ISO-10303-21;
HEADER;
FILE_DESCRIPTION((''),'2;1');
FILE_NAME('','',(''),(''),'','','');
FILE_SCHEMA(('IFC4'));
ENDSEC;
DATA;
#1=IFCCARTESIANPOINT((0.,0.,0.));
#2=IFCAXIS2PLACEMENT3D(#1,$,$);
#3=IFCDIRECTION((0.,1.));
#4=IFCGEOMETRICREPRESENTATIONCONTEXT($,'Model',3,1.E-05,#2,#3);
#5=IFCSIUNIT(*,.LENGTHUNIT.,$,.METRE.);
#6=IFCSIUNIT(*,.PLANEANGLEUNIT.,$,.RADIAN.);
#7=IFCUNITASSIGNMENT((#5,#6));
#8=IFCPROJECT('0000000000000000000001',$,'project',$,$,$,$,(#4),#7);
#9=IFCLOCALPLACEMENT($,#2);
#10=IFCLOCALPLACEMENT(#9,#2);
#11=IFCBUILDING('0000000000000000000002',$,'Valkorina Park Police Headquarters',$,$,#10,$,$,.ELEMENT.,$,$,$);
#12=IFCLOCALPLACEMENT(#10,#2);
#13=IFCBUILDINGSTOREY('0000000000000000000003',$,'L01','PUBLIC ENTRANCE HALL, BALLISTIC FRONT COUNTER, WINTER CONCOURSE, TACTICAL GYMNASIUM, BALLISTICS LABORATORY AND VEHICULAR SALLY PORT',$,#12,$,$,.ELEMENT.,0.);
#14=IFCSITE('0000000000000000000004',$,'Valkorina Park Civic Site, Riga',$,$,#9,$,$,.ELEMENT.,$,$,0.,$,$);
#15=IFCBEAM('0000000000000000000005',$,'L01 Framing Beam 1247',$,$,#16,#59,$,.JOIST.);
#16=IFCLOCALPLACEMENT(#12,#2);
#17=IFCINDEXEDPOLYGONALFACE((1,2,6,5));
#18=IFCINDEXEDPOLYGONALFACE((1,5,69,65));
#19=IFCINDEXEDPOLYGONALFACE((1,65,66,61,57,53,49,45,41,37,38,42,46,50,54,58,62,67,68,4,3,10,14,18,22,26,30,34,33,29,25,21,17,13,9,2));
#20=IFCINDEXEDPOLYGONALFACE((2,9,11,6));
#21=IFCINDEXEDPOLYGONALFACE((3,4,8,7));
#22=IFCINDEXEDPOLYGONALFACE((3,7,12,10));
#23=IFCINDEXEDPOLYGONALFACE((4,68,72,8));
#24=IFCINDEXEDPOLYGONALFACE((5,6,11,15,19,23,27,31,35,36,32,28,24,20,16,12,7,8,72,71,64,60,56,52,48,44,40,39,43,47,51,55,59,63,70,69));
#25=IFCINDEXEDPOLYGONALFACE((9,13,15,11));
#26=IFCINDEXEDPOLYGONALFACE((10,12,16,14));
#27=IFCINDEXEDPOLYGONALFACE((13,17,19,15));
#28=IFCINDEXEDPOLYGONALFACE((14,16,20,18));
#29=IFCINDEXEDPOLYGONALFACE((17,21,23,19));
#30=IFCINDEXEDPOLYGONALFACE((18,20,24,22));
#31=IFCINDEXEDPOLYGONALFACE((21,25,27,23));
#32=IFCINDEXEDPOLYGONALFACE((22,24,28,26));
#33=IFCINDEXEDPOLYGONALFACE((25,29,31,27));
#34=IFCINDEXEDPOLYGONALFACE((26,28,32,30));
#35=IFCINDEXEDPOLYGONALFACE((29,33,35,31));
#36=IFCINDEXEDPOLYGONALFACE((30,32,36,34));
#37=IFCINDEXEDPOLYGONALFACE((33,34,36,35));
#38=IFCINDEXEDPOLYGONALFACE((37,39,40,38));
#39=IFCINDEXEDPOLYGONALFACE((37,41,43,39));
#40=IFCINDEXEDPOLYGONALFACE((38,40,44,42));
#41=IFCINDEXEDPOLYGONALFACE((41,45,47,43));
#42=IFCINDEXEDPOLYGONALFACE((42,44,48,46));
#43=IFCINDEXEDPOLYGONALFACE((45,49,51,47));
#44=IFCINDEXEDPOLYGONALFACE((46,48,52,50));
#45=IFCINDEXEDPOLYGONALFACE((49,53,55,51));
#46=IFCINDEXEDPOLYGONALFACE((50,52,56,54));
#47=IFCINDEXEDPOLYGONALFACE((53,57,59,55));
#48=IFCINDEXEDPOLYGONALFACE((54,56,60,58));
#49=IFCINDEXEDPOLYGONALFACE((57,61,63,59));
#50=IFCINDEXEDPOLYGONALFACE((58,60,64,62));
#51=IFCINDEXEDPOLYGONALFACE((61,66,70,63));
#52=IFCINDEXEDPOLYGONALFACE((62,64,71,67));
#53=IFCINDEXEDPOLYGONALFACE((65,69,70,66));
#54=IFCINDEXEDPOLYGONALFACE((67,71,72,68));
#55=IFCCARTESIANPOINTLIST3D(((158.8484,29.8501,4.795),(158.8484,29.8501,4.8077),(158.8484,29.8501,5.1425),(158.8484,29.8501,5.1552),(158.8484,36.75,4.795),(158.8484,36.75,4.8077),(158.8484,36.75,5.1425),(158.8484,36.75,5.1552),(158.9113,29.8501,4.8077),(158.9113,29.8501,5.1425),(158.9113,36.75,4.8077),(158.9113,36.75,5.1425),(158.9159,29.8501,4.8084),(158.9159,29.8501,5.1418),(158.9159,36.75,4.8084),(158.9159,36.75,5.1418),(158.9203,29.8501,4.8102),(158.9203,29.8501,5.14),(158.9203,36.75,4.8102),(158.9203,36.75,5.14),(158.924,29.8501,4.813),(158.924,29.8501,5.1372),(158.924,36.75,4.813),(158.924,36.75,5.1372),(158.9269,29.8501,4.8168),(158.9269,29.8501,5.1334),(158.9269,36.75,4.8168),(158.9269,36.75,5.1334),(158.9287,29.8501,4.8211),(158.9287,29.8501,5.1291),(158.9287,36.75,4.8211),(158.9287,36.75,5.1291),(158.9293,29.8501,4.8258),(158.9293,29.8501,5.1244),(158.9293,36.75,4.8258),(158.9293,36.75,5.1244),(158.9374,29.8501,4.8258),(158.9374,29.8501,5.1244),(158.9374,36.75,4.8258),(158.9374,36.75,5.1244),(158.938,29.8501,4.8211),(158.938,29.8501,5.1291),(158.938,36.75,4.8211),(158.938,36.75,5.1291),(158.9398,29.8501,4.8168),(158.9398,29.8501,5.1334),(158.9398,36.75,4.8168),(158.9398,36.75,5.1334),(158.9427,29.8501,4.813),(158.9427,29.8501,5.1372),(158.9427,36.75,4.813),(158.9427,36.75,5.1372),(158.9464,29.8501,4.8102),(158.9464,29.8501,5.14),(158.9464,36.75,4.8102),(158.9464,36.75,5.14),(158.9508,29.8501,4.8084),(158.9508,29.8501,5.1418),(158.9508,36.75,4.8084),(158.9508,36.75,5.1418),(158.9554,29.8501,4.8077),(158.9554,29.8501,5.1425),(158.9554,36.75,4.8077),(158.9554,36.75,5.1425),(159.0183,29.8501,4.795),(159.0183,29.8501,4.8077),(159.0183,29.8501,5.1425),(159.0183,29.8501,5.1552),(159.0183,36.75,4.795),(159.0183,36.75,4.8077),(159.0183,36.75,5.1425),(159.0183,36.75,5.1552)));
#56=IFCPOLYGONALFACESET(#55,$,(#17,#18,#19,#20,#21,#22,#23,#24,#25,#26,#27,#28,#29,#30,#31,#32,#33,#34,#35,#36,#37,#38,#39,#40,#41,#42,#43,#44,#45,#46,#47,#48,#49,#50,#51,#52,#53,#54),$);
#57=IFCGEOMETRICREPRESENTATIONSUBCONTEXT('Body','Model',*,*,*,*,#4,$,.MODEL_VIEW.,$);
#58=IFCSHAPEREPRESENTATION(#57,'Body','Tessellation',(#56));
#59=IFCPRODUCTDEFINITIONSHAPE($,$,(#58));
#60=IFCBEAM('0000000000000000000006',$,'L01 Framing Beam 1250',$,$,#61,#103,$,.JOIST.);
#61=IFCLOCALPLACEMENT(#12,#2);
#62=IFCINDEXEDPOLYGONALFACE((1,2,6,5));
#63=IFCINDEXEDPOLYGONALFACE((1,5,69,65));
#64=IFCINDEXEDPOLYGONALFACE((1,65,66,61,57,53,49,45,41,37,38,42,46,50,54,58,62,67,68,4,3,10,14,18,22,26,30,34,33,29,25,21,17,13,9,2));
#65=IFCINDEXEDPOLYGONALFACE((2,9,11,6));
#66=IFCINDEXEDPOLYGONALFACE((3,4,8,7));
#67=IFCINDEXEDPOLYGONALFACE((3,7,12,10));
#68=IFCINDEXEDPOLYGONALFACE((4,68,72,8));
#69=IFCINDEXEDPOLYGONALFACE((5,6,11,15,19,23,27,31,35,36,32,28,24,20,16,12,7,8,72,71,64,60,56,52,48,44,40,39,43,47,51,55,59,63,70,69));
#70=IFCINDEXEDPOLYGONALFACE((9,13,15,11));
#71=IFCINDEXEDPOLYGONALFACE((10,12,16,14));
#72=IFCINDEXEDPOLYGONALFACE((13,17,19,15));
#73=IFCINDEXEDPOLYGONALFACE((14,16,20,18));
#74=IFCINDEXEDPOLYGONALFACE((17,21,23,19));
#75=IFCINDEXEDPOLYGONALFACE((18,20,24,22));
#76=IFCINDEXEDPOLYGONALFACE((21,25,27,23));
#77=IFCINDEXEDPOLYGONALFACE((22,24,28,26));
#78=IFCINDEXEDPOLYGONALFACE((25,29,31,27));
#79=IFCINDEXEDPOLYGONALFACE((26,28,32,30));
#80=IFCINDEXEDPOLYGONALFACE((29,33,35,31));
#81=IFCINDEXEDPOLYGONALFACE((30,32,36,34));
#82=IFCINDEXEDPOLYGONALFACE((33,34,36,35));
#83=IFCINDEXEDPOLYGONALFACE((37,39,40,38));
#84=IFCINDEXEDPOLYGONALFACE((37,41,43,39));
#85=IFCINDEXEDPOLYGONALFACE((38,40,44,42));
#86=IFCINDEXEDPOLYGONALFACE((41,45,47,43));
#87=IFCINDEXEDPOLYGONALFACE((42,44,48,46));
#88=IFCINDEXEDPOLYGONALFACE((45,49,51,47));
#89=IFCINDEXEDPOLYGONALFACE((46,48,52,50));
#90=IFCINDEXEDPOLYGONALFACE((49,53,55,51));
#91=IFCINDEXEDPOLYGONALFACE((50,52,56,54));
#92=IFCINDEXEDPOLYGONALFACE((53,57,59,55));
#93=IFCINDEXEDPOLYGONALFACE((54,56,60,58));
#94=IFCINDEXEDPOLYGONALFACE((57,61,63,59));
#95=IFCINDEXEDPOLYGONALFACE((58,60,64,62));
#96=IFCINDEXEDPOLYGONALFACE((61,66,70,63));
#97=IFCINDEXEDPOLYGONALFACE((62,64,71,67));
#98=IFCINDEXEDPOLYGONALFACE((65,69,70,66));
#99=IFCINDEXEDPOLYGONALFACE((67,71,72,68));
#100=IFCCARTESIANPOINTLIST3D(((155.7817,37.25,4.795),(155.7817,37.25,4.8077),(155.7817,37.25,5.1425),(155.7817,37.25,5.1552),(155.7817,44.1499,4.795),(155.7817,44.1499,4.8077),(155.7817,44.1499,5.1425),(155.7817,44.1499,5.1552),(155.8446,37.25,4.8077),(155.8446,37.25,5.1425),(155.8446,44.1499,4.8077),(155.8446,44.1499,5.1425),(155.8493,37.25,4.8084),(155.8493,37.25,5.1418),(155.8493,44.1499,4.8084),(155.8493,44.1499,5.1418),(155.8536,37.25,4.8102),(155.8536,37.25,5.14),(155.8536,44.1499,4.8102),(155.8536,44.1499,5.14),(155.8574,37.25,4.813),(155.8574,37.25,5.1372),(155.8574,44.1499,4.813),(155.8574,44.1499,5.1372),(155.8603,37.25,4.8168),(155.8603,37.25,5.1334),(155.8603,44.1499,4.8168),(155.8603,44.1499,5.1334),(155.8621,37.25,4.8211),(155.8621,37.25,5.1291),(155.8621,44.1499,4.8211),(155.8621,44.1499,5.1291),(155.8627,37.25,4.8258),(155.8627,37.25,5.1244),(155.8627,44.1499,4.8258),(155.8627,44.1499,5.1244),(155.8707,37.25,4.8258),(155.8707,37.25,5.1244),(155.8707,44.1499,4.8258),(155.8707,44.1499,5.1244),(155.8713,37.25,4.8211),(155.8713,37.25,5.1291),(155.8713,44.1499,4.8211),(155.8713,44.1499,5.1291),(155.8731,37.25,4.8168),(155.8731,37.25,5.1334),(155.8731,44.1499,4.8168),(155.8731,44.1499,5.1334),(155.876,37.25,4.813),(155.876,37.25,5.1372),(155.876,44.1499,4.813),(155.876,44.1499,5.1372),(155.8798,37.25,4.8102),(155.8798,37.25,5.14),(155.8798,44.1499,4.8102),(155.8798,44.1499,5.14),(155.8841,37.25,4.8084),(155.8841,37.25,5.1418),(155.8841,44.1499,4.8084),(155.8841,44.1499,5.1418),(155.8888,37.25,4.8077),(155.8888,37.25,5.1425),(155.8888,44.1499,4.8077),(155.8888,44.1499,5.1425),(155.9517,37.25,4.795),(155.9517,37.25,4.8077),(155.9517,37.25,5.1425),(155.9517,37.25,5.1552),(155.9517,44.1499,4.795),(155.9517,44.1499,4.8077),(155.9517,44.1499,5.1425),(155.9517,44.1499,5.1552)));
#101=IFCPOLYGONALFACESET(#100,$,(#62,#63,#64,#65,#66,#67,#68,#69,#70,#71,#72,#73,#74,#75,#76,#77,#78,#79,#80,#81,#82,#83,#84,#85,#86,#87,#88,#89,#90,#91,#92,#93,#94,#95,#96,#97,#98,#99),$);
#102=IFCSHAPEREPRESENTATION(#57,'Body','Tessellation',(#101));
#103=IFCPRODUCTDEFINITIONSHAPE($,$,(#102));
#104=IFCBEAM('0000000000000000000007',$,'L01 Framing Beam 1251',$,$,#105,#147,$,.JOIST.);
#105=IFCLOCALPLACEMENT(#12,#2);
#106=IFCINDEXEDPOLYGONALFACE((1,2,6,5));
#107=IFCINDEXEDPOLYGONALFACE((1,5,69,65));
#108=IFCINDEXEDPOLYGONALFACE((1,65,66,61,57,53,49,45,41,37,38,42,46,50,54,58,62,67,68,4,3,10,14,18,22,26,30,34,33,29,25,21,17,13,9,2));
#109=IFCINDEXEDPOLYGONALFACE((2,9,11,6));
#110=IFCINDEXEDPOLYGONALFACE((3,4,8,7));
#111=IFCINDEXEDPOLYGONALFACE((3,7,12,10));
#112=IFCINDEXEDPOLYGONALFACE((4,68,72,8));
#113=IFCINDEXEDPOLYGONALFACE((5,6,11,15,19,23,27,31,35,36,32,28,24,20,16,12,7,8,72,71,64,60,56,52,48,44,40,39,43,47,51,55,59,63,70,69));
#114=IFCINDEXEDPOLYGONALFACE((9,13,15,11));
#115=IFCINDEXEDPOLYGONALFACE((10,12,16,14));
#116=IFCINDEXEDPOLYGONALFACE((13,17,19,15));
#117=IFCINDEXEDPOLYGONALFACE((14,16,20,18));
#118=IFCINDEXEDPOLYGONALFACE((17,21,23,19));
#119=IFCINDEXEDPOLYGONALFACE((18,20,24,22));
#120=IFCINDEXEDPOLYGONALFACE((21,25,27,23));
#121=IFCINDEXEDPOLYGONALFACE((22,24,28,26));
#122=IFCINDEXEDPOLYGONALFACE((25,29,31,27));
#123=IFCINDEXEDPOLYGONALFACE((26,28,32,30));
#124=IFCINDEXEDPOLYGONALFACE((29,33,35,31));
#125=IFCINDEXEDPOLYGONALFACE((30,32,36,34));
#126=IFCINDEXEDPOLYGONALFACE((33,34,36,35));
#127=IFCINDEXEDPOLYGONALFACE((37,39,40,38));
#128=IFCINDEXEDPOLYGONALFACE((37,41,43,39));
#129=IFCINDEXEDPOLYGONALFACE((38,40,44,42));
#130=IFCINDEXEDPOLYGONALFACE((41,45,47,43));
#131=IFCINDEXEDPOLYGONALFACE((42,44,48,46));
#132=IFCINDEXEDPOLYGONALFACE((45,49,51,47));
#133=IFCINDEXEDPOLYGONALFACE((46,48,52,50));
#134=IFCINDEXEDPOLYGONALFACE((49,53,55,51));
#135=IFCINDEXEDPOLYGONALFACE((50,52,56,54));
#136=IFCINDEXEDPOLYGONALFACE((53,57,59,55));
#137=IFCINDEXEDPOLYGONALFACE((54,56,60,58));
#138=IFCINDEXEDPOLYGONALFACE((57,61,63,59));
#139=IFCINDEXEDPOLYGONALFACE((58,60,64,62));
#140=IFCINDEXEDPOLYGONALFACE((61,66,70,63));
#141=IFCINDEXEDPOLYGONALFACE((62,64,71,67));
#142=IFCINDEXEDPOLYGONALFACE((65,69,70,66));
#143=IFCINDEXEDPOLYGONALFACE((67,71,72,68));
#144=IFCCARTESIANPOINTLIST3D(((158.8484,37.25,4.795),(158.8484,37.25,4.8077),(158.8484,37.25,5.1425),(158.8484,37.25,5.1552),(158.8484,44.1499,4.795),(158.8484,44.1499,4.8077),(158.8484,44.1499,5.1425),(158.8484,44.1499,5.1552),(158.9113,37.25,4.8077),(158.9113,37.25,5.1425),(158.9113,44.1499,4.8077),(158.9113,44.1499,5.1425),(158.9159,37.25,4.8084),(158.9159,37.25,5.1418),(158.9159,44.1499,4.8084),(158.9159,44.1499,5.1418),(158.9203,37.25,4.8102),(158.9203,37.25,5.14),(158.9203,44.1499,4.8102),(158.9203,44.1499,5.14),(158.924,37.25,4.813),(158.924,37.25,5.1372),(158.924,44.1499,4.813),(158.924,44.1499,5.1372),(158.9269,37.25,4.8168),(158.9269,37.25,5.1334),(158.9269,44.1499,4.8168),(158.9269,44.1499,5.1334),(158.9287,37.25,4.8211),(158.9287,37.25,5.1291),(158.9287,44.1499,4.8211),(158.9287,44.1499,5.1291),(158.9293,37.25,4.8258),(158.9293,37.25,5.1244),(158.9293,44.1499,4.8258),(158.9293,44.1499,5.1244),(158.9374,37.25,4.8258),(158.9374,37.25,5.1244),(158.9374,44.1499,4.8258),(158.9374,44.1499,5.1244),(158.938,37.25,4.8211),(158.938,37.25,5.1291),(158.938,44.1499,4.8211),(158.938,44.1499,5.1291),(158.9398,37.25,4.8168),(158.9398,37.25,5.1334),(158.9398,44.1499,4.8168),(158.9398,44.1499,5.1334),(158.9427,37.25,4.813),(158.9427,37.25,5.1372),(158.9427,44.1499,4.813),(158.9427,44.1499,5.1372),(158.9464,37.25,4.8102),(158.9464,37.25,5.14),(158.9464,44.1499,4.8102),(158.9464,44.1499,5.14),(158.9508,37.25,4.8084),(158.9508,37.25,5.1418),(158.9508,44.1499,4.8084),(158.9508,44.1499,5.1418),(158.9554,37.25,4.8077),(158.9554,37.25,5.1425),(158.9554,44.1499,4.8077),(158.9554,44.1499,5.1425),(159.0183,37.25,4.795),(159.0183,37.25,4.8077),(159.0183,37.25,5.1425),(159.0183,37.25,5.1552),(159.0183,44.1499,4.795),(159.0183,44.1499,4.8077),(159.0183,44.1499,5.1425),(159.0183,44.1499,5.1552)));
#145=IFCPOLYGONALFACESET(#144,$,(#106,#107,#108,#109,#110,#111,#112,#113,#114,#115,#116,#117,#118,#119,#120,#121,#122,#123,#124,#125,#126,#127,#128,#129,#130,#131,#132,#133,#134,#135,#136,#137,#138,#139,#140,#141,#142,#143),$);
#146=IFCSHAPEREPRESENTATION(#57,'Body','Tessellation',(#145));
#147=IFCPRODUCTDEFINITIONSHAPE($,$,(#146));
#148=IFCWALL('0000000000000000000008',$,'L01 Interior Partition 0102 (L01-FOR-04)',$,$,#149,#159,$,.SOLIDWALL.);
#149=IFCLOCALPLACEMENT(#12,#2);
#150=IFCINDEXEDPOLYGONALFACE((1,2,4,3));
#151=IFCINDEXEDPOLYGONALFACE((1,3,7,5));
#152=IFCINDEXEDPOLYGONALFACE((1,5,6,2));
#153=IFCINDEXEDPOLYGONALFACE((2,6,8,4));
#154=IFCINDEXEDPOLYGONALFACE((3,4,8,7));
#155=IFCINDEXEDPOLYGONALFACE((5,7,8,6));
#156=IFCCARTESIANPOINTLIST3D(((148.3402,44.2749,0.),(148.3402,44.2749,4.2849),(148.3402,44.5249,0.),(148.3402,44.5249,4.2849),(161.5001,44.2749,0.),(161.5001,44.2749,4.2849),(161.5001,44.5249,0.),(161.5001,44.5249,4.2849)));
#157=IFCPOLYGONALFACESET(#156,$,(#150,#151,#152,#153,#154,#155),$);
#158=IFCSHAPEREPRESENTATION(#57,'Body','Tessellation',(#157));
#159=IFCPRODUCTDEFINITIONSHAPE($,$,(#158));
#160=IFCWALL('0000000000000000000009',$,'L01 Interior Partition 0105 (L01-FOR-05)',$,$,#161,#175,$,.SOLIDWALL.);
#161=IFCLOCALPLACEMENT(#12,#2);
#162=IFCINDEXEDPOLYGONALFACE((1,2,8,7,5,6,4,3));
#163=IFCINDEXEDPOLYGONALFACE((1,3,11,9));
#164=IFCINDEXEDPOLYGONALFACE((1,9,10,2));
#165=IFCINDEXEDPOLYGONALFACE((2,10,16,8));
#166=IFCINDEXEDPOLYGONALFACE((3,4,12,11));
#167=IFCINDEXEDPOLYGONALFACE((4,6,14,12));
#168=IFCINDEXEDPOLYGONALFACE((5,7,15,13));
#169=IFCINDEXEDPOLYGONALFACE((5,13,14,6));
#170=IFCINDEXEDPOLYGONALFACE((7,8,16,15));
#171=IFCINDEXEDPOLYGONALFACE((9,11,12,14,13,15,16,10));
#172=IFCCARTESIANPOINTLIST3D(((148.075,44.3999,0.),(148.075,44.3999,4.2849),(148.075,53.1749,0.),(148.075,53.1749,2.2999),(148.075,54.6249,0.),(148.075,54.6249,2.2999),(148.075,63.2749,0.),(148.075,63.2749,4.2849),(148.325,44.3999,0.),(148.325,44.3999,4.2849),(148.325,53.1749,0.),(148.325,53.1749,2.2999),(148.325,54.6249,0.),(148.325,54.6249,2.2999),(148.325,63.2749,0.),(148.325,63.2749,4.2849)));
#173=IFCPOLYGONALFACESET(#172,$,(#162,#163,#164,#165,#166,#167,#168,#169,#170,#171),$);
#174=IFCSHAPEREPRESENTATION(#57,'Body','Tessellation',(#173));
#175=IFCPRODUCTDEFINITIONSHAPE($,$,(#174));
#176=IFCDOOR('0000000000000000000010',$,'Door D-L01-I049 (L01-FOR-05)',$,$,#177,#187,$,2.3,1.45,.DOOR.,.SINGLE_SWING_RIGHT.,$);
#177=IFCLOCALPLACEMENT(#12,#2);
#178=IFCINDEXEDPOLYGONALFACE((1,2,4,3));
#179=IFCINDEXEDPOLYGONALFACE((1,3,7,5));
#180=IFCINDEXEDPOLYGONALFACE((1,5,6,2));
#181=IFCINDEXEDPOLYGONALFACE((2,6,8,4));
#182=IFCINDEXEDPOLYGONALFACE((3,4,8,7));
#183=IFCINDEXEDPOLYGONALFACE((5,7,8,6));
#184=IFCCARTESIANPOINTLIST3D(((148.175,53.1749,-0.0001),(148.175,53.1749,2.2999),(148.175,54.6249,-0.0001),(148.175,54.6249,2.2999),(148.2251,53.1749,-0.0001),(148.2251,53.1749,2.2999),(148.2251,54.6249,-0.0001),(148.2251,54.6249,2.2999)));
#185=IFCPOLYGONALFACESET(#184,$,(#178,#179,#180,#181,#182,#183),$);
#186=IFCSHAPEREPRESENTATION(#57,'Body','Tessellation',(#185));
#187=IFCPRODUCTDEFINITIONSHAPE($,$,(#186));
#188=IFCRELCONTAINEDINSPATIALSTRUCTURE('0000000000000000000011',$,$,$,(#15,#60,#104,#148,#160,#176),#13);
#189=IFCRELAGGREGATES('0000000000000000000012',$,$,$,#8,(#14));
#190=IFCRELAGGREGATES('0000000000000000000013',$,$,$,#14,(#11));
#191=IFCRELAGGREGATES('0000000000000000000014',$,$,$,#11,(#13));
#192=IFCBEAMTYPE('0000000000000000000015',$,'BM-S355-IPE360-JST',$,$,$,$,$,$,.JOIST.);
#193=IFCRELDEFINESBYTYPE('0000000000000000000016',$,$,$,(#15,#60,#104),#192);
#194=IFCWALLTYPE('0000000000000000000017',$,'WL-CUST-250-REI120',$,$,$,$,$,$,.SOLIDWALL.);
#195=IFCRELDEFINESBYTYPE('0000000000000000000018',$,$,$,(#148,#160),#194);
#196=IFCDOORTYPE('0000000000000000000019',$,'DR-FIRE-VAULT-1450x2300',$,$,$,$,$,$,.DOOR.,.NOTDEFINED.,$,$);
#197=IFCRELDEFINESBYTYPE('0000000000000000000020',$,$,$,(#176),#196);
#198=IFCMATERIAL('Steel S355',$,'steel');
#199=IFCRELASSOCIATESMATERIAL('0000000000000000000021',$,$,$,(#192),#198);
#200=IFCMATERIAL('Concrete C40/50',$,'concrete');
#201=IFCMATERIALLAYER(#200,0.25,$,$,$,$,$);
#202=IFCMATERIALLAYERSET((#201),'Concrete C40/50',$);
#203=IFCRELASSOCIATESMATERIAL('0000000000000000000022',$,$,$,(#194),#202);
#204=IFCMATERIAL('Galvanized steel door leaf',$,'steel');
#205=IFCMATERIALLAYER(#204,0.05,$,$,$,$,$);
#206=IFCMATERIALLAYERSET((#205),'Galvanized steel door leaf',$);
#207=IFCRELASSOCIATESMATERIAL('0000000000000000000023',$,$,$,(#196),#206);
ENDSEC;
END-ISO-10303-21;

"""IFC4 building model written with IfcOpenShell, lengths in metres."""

from ifc_helpers import new_model, si_unit, direction, frame, frame_2d, origin, origin_2d, place, context, subcontext, project, spatial, rectangle, i_section, extrude, material, layer, layer_set, material_profile, profile_set, type_object, element, fill, save


model = new_model("IFC4")

# Units and contexts
model_context = context("Model", 3, precision=1e-05, world=origin(), true_north=direction((0.0, 1.0)))
body_context = subcontext(model_context, "Body", "Model", "MODEL_VIEW")
ifc_project = project(units=[si_unit("LENGTHUNIT", "METRE"), si_unit("PLANEANGLEUNIT", "RADIAN")], contexts=[model_context])

# Site, building, storey
site_placement = place(None, origin())
site = spatial("IfcSite", under=ifc_project, at=site_placement, Name="Valkorina Park Civic Site, Riga", CompositionType="ELEMENT", RefElevation=0.0)
building_placement = place(site_placement, origin())
building = spatial("IfcBuilding", under=site, at=building_placement, Name="Valkorina Park Police Headquarters", CompositionType="ELEMENT")
storey_placement = place(building_placement, origin())
storey = spatial("IfcBuildingStorey", under=building, at=storey_placement, Name="L01", Description="PUBLIC ENTRANCE HALL, BALLISTIC FRONT COUNTER, WINTER CONCOURSE, TACTICAL GYMNASIUM, BALLISTICS LABORATORY AND VEHICULAR SALLY PORT", CompositionType="ELEMENT", Elevation=0.0)

# Shared definitions
ifc_material_1 = material(Name="Concrete C40/50", Category="concrete")

# Beams
ifc_material_2 = material(Name="Steel S355", Category="steel")
ifc_material_profile_1 = material_profile(ifc_material_2, i_section(OverallWidth=0.1699, OverallDepth=0.3601, WebThickness=0.0081, FlangeThickness=0.0127, FilletRadius=0.0181, at=origin_2d()), Name="IPE 360")
ifc_profile_set_1 = profile_set([ifc_material_profile_1], Name="Steel S355")
beam_type_1 = type_object("IfcBeamType", Name="BM-S355-IPE360-JST", PredefinedType="JOIST", material=ifc_profile_set_1)
for number, where, z_axis, x_axis, name in (
    (1, (158.9333, 29.8501, 4.9751), (0.0, 1.0, 0.0), (-1.0, 0.0, 0.0), "L01 Framing Beam 1247"),
    (2, (155.8667, 37.25, 4.9751), (0.0, 1.0, 0.0), (-1.0, 0.0, 0.0), "L01 Framing Beam 1250"),
    (3, (158.9333, 37.25, 4.9751), (0.0, 1.0, 0.0), (-1.0, 0.0, 0.0), "L01 Framing Beam 1251"),
):
    element("IfcBeam", number, at=place(storey_placement, frame(where, z_axis=z_axis, x_axis=x_axis)), inside=storey, type_object=beam_type_1, Name=name, PredefinedType="JOIST", context=body_context, shape_type="SweptSolid", body=[
        extrude(i_section(OverallWidth=0.1699, OverallDepth=0.3601, WebThickness=0.0081, FlangeThickness=0.0127, FilletRadius=0.0181, at=origin_2d()), origin(), (0.0, 0.0, 1.0), 6.8999),
    ])

# Wall
ifc_layer_1 = layer(ifc_material_1, 0.25)
ifc_layer_set_1 = layer_set([ifc_layer_1], Name="Concrete C40/50")
wall_type_1 = type_object("IfcWallType", Name="WL-CUST-250-REI120", PredefinedType="SOLIDWALL", material=ifc_layer_set_1)
wall_1_placement = place(storey_placement, frame((148.3401, 44.3999, 0.0), z_axis=(0.0, 0.0, 1.0), x_axis=(1.0, 0.0, 0.0)))
element("IfcWall", 4, at=wall_1_placement, inside=storey, type_object=wall_type_1, Name="L01 Interior Partition 0102 (L01-FOR-04)", PredefinedType="SOLIDWALL", context=body_context, shape_type="SweptSolid", body=[
    extrude(rectangle(XDim=13.1599, YDim=0.25, at=frame_2d((6.5801, 0.0))), origin(), (0.0, 0.0, 1.0), 4.2849),
])

# Wall, opening, door
wall_2_placement = place(storey_placement, frame((148.2, 44.3999, 0.0), z_axis=(0.0, 0.0, 1.0), x_axis=(0.0, 1.0, 0.0)))
wall_2 = element("IfcWall", 5, at=wall_2_placement, inside=storey, type_object=wall_type_1, Name="L01 Interior Partition 0105 (L01-FOR-05)", PredefinedType="SOLIDWALL", context=body_context, shape_type="SweptSolid", body=[
    extrude(rectangle(XDim=18.875, YDim=0.25, at=frame_2d((9.4375, 0.0))), origin(), (0.0, 0.0, 1.0), 4.2849),
])
opening_1_placement = place(wall_2_placement, frame((8.7749, 0.0, 0.0)))
opening_1 = element("IfcOpeningElement", 6, at=opening_1_placement, cuts=wall_2, PredefinedType="OPENING", context=body_context, shape_type="SweptSolid", body=[
    extrude(rectangle(XDim=1.45, YDim=2.3, at=frame_2d((0.7251, 1.1499))), frame((0.0, 0.135, 0.0), z_axis=(0.0, -1.0, 0.0), x_axis=(1.0, 0.0, 0.0)), (0.0, 0.0, 1.0), 0.27),
])
ifc_material_3 = material(Name="Galvanized steel door leaf", Category="steel")
ifc_layer_2 = layer(ifc_material_3, 0.05)
ifc_layer_set_2 = layer_set([ifc_layer_2], Name="Galvanized steel door leaf")
door_type = type_object("IfcDoorType", Name="DR-FIRE-VAULT-1450x2300", OperationType="NOTDEFINED", PredefinedType="DOOR", material=ifc_layer_set_2)
door_placement = place(opening_1_placement, origin())
door = element("IfcDoor", 7, at=door_placement, inside=storey, type_object=door_type, Name="Door D-L01-I049 (L01-FOR-05)", OperationType="SINGLE_SWING_RIGHT", OverallHeight=2.3, OverallWidth=1.45, PredefinedType="DOOR", context=body_context, shape_type="SweptSolid", body=[
    extrude(rectangle(XDim=1.45, YDim=2.3, at=frame_2d((0.7251, 1.1499))), frame((0.0, 0.0249, 0.0), z_axis=(0.0, -1.0, 0.0), x_axis=(1.0, 0.0, 0.0)), (0.0, 0.0, 1.0), 0.05),
])
fill(opening_1, door)

save(model, "model.ifc")
